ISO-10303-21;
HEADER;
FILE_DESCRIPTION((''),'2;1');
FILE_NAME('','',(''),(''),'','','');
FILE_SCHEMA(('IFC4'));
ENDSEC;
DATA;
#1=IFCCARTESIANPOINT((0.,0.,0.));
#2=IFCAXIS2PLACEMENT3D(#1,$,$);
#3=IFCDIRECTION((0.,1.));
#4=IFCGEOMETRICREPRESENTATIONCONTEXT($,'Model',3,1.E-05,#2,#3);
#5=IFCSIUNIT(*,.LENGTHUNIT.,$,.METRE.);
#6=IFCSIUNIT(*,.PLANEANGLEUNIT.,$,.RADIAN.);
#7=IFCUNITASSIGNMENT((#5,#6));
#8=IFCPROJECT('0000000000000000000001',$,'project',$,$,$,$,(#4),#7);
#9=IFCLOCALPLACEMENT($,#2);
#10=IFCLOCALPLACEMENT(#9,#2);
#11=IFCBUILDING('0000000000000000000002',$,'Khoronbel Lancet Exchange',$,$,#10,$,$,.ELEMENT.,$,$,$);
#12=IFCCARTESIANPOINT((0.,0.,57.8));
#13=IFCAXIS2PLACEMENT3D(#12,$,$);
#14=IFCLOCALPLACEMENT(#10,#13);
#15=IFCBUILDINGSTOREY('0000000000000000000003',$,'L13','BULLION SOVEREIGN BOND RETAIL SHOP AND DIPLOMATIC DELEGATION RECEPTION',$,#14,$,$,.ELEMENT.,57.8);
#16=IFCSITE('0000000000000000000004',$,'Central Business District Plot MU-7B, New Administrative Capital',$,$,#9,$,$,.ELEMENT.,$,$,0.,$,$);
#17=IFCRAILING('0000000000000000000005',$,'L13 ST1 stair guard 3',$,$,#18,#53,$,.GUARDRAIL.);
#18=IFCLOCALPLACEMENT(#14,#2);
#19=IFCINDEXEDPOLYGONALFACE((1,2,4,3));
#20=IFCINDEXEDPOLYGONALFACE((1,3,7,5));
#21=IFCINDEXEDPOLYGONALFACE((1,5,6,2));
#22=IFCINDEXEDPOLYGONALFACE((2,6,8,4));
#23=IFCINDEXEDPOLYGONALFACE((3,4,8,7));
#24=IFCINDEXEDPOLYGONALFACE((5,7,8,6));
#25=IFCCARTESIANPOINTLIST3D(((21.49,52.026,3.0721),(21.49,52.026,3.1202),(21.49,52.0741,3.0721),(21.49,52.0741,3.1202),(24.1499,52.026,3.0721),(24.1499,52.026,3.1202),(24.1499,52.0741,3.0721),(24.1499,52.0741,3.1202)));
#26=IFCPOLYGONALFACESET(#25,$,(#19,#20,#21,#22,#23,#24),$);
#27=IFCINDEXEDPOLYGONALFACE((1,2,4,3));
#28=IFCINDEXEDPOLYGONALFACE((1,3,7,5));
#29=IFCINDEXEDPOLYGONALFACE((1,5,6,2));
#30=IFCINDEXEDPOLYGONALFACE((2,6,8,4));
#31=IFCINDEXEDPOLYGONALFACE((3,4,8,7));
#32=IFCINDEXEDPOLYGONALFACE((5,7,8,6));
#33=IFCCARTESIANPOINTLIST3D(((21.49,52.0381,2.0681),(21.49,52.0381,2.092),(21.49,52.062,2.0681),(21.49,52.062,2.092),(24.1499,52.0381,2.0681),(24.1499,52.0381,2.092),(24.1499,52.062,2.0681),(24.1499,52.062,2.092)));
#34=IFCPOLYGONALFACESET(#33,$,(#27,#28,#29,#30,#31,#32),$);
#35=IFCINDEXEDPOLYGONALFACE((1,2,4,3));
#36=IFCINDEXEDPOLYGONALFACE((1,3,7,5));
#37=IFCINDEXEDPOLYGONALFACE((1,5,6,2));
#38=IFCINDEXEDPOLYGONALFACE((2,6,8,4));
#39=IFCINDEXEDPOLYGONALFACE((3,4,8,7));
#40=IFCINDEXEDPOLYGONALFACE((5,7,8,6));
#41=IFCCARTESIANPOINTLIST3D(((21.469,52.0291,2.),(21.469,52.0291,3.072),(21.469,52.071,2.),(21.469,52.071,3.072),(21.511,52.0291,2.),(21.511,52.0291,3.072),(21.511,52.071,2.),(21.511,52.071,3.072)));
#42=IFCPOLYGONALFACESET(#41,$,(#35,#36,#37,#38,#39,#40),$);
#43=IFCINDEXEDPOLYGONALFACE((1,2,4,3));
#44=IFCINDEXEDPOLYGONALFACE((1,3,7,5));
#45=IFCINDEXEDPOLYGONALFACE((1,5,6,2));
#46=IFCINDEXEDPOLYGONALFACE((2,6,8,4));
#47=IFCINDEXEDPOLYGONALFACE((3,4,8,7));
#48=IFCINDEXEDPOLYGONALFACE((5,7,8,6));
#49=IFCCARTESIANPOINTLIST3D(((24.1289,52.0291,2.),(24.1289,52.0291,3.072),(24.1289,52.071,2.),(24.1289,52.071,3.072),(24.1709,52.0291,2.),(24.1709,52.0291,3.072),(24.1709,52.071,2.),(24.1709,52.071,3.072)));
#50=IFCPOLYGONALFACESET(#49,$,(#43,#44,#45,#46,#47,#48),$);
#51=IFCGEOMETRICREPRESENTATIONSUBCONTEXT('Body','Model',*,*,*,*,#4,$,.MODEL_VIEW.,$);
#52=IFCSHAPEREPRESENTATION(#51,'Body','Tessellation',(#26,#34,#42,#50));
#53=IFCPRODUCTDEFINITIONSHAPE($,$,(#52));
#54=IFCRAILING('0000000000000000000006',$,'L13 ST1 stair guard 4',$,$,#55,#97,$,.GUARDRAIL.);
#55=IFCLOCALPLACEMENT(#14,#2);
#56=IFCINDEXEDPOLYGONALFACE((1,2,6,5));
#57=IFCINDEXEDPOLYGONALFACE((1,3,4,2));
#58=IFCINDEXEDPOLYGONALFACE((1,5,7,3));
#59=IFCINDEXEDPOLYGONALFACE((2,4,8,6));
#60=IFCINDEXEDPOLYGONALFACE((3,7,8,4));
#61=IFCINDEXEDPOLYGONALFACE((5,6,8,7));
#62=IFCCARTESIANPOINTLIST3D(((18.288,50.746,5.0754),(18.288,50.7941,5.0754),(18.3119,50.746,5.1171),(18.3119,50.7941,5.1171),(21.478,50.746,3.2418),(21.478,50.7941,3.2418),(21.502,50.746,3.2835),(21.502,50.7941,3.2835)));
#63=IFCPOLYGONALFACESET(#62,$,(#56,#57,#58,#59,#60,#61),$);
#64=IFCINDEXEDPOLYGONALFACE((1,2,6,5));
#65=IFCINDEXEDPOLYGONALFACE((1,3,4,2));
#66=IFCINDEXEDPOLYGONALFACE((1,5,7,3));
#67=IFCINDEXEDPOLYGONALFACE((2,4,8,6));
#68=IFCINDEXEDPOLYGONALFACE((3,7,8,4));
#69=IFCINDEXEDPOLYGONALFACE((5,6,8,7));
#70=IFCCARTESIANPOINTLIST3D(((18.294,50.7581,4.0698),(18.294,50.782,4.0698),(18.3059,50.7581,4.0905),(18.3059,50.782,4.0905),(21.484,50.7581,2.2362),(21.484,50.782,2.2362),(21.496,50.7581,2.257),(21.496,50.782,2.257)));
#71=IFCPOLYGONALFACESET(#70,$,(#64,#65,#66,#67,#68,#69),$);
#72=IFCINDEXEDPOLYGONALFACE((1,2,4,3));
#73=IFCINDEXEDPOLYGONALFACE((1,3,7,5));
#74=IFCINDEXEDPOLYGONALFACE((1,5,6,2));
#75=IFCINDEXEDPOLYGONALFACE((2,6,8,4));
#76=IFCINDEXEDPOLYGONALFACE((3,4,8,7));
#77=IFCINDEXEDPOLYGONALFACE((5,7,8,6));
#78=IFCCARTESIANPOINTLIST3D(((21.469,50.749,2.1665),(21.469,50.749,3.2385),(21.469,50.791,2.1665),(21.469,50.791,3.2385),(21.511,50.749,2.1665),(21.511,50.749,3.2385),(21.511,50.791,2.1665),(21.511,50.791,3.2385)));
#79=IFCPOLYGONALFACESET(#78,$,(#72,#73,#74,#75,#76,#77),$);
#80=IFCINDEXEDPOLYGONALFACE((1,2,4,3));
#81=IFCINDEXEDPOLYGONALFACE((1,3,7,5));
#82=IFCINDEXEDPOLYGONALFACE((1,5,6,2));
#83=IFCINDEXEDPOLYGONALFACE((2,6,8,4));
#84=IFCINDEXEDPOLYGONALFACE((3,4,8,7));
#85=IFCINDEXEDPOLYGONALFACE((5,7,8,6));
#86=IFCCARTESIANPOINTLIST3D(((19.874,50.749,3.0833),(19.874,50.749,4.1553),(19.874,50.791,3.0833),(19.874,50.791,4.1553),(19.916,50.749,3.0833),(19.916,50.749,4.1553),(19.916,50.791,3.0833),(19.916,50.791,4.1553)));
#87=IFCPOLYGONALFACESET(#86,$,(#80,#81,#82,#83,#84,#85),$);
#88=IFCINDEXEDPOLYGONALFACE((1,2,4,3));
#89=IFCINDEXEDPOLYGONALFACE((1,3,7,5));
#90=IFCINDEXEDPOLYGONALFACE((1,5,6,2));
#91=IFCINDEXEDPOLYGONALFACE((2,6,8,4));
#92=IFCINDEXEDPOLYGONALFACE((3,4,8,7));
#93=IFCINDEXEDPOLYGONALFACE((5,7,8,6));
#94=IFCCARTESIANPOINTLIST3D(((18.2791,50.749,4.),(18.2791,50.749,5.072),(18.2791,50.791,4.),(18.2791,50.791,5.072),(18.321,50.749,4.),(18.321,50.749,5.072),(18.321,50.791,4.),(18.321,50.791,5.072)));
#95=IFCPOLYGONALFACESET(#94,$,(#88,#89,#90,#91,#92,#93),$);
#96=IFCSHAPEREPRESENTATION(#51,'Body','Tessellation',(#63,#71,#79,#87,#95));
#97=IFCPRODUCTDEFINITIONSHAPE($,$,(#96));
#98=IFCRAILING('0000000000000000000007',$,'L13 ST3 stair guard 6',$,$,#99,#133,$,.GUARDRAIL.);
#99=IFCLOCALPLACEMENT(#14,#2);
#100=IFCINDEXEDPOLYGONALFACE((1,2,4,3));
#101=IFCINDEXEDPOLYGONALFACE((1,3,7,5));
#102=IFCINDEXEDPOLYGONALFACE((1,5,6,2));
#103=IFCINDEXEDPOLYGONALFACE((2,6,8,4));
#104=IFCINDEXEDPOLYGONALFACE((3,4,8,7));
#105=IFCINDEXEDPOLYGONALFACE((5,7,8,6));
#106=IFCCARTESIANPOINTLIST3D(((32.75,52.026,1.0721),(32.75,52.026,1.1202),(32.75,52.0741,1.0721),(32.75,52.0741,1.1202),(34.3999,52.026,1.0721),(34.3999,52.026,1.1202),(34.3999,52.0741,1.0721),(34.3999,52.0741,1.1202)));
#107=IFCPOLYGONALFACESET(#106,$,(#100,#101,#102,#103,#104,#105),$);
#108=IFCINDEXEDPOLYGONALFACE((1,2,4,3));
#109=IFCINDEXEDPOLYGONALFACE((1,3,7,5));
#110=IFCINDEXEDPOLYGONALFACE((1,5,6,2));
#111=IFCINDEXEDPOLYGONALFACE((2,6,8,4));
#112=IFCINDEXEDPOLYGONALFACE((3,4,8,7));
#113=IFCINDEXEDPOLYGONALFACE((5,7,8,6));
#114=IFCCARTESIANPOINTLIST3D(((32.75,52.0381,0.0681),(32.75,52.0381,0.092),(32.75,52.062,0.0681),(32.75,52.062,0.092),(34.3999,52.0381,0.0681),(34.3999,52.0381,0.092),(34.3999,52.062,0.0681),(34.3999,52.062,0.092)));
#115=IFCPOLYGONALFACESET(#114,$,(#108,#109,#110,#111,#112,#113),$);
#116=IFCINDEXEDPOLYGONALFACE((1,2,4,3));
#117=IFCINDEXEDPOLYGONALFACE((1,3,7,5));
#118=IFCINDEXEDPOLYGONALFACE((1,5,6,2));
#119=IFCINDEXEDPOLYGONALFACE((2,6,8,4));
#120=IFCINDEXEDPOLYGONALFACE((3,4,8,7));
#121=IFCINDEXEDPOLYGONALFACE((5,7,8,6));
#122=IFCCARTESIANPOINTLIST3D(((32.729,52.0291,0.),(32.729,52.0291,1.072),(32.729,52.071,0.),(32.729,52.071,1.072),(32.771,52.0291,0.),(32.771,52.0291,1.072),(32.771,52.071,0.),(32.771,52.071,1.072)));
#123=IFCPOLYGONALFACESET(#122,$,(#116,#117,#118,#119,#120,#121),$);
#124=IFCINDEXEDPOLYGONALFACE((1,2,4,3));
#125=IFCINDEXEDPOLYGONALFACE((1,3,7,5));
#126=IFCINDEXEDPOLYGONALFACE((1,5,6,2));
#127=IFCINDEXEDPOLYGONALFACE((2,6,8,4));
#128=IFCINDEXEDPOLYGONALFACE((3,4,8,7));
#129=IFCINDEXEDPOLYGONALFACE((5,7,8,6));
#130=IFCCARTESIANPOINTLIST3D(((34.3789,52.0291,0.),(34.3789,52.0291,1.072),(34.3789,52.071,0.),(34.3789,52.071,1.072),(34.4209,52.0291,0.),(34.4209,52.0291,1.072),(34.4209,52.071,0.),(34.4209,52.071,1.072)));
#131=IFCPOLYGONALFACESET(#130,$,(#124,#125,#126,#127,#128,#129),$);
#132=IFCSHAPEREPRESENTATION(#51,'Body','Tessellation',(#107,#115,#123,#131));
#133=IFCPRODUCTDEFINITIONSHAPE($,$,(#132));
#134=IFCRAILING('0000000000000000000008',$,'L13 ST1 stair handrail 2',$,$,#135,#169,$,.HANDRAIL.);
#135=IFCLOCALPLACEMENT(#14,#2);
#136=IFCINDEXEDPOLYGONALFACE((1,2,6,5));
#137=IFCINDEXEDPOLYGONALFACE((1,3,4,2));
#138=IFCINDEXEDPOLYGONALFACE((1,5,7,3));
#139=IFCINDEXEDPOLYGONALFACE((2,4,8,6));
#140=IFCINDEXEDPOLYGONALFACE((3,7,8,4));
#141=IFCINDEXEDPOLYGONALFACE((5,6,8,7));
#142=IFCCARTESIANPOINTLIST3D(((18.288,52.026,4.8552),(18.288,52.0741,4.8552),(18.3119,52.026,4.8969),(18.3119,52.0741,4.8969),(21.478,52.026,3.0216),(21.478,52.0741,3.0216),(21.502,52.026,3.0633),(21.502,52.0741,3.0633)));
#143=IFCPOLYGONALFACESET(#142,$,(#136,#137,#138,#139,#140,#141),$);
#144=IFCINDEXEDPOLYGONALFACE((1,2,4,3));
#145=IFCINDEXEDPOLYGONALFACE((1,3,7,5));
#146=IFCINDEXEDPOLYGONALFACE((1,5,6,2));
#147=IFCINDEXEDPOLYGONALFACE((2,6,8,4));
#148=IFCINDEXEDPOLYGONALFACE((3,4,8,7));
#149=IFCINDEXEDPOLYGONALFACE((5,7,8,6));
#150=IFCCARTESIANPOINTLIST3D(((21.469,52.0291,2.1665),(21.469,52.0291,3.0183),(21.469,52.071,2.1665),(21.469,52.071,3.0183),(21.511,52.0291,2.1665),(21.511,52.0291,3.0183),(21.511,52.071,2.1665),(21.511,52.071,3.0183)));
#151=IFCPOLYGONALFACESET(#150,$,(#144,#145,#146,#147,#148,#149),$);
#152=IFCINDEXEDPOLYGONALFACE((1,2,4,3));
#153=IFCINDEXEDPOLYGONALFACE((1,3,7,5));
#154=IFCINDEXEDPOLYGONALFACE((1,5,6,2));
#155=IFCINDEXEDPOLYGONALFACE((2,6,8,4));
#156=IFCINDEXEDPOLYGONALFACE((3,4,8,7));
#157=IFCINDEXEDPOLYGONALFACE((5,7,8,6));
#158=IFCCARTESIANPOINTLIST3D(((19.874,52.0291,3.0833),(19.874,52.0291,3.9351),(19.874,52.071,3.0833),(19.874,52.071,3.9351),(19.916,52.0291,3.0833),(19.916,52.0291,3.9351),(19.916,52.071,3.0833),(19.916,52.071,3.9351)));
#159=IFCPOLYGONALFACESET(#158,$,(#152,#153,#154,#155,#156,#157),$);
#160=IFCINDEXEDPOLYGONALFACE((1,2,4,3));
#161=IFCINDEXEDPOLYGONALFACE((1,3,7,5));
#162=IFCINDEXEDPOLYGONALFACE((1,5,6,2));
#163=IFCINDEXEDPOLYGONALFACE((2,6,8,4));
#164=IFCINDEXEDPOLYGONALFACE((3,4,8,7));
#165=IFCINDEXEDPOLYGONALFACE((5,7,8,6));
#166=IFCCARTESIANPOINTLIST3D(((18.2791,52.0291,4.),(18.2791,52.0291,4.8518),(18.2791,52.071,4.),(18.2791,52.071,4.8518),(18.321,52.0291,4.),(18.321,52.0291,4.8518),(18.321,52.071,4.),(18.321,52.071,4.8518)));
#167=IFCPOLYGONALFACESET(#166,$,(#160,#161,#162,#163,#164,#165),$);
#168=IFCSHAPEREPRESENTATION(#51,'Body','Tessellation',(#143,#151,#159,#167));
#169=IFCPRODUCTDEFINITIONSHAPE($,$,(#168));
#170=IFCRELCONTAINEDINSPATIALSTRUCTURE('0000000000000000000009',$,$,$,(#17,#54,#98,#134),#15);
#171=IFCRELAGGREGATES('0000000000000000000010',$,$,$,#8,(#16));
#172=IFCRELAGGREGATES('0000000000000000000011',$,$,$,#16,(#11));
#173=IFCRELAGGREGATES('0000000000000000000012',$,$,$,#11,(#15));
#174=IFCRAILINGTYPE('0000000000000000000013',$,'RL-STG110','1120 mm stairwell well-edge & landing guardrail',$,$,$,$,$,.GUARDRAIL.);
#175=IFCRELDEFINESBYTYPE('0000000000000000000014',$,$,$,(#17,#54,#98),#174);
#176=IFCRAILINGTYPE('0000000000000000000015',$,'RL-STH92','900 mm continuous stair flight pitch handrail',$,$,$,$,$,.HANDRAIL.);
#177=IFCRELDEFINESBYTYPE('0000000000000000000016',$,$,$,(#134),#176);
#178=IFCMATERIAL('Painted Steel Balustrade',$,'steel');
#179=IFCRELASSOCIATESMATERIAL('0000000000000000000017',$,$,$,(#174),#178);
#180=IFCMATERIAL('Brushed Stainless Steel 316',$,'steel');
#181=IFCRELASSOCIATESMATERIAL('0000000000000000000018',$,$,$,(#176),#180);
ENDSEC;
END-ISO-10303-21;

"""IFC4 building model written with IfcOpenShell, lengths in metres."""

from ifc_helpers import new_model, si_unit, direction, frame, origin, origin_2d, place, context, subcontext, project, spatial, rectangle, extrude, material, type_object, element, save


model = new_model("IFC4")

# Units and contexts
model_context = context("Model", 3, precision=1e-05, world=origin(), true_north=direction((0.0, 1.0)))
body_context = subcontext(model_context, "Body", "Model", "MODEL_VIEW")
ifc_project = project(units=[si_unit("LENGTHUNIT", "METRE"), si_unit("PLANEANGLEUNIT", "RADIAN")], contexts=[model_context])

# Site, building, storey
site_placement = place(None, origin())
site = spatial("IfcSite", under=ifc_project, at=site_placement, Name="Central Business District Plot MU-7B, New Administrative Capital", CompositionType="ELEMENT", RefElevation=0.0)
building_placement = place(site_placement, origin())
building = spatial("IfcBuilding", under=site, at=building_placement, Name="Khoronbel Lancet Exchange", CompositionType="ELEMENT")
storey_placement = place(building_placement, frame((0.0, 0.0, 57.8)))
storey = spatial("IfcBuildingStorey", under=building, at=storey_placement, Name="L13", Description="BULLION SOVEREIGN BOND RETAIL SHOP AND DIPLOMATIC DELEGATION RECEPTION", CompositionType="ELEMENT", Elevation=57.8)

# Railings
ifc_material_1 = material(Name="Painted Steel Balustrade", Category="steel")
railing_type_1 = type_object("IfcRailingType", Name="RL-STG110", Description="1120 mm stairwell well-edge & landing guardrail", PredefinedType="GUARDRAIL", material=ifc_material_1)
railing_1_placement = place(storey_placement, frame((21.49, 52.05, 2.0)))
element("IfcRailing", 1, at=railing_1_placement, inside=storey, type_object=railing_type_1, Name="L13 ST1 stair guard 3", PredefinedType="GUARDRAIL", context=body_context, shape_type="SweptSolid", body=[
    extrude(rectangle(XDim=0.0481, YDim=0.0481, at=origin_2d()), frame((0.0, 0.0, 1.0962), z_axis=(1.0, 0.0, 0.0), x_axis=(0.0, 1.0, 0.0)), (0.0, 0.0, 1.0), 2.6599),
    extrude(rectangle(XDim=0.0239, YDim=0.0239, at=origin_2d()), frame((0.0, 0.0, 0.0801), z_axis=(1.0, 0.0, 0.0), x_axis=(0.0, 1.0, 0.0)), (0.0, 0.0, 1.0), 2.6599),
    extrude(rectangle(XDim=0.042, YDim=0.042, at=origin_2d()), origin(), (0.0, 0.0, 1.0), 1.072),
    extrude(rectangle(XDim=0.042, YDim=0.042, at=origin_2d()), frame((2.6599, 0.0, 0.0)), (0.0, 0.0, 1.0), 1.072),
])
railing_2_placement = place(storey_placement, frame((21.49, 50.77, 2.1665)))
element("IfcRailing", 2, at=railing_2_placement, inside=storey, type_object=railing_type_1, Name="L13 ST1 stair guard 4", PredefinedType="GUARDRAIL", context=body_context, shape_type="SweptSolid", body=[
    extrude(rectangle(XDim=0.0481, YDim=0.0481, at=origin_2d()), frame((0.0, 0.0, 1.0962), z_axis=(-0.866991, 0.0, 0.498324), x_axis=(0.0, -1.0, 0.0)), (0.0, 0.0, 1.0), 3.6794),
    extrude(rectangle(XDim=0.0239, YDim=0.0239, at=origin_2d()), frame((0.0, 0.0, 0.0801), z_axis=(-0.866991, 0.0, 0.498324), x_axis=(0.0, -1.0, 0.0)), (0.0, 0.0, 1.0), 3.6794),
    extrude(rectangle(XDim=0.042, YDim=0.042, at=origin_2d()), origin(), (0.0, 0.0, 1.0), 1.072),
    extrude(rectangle(XDim=0.042, YDim=0.042, at=origin_2d()), frame((-1.595, 0.0, 0.9167)), (0.0, 0.0, 1.0), 1.072),
    extrude(rectangle(XDim=0.042, YDim=0.042, at=origin_2d()), frame((-3.1899, 0.0, 1.8335)), (0.0, 0.0, 1.0), 1.072),
])
railing_3_placement = place(storey_placement, frame((32.75, 52.05, 0.0)))
element("IfcRailing", 3, at=railing_3_placement, inside=storey, type_object=railing_type_1, Name="L13 ST3 stair guard 6", PredefinedType="GUARDRAIL", context=body_context, shape_type="SweptSolid", body=[
    extrude(rectangle(XDim=0.0481, YDim=0.0481, at=origin_2d()), frame((0.0, 0.0, 1.0962), z_axis=(1.0, 0.0, 0.0), x_axis=(0.0, 1.0, 0.0)), (0.0, 0.0, 1.0), 1.6499),
    extrude(rectangle(XDim=0.0239, YDim=0.0239, at=origin_2d()), frame((0.0, 0.0, 0.0801), z_axis=(1.0, 0.0, 0.0), x_axis=(0.0, 1.0, 0.0)), (0.0, 0.0, 1.0), 1.6499),
    extrude(rectangle(XDim=0.042, YDim=0.042, at=origin_2d()), origin(), (0.0, 0.0, 1.0), 1.072),
    extrude(rectangle(XDim=0.042, YDim=0.042, at=origin_2d()), frame((1.6499, 0.0, 0.0)), (0.0, 0.0, 1.0), 1.072),
])
ifc_material_2 = material(Name="Brushed Stainless Steel 316", Category="steel")
railing_type_2 = type_object("IfcRailingType", Name="RL-STH92", Description="900 mm continuous stair flight pitch handrail", PredefinedType="HANDRAIL", material=ifc_material_2)
railing_4_placement = place(storey_placement, frame((21.49, 52.05, 2.1665)))
element("IfcRailing", 4, at=railing_4_placement, inside=storey, type_object=railing_type_2, Name="L13 ST1 stair handrail 2", PredefinedType="HANDRAIL", context=body_context, shape_type="SweptSolid", body=[
    extrude(rectangle(XDim=0.0481, YDim=0.0481, at=origin_2d()), frame((0.0, 0.0, 0.876), z_axis=(-0.866991, 0.0, 0.498324), x_axis=(0.0, -1.0, 0.0)), (0.0, 0.0, 1.0), 3.6794),
    extrude(rectangle(XDim=0.042, YDim=0.042, at=origin_2d()), origin(), (0.0, 0.0, 1.0), 0.8518),
    extrude(rectangle(XDim=0.042, YDim=0.042, at=origin_2d()), frame((-1.595, 0.0, 0.9167)), (0.0, 0.0, 1.0), 0.8518),
    extrude(rectangle(XDim=0.042, YDim=0.042, at=origin_2d()), frame((-3.1899, 0.0, 1.8335)), (0.0, 0.0, 1.0), 0.8518),
])

save(model, "model.ifc")
